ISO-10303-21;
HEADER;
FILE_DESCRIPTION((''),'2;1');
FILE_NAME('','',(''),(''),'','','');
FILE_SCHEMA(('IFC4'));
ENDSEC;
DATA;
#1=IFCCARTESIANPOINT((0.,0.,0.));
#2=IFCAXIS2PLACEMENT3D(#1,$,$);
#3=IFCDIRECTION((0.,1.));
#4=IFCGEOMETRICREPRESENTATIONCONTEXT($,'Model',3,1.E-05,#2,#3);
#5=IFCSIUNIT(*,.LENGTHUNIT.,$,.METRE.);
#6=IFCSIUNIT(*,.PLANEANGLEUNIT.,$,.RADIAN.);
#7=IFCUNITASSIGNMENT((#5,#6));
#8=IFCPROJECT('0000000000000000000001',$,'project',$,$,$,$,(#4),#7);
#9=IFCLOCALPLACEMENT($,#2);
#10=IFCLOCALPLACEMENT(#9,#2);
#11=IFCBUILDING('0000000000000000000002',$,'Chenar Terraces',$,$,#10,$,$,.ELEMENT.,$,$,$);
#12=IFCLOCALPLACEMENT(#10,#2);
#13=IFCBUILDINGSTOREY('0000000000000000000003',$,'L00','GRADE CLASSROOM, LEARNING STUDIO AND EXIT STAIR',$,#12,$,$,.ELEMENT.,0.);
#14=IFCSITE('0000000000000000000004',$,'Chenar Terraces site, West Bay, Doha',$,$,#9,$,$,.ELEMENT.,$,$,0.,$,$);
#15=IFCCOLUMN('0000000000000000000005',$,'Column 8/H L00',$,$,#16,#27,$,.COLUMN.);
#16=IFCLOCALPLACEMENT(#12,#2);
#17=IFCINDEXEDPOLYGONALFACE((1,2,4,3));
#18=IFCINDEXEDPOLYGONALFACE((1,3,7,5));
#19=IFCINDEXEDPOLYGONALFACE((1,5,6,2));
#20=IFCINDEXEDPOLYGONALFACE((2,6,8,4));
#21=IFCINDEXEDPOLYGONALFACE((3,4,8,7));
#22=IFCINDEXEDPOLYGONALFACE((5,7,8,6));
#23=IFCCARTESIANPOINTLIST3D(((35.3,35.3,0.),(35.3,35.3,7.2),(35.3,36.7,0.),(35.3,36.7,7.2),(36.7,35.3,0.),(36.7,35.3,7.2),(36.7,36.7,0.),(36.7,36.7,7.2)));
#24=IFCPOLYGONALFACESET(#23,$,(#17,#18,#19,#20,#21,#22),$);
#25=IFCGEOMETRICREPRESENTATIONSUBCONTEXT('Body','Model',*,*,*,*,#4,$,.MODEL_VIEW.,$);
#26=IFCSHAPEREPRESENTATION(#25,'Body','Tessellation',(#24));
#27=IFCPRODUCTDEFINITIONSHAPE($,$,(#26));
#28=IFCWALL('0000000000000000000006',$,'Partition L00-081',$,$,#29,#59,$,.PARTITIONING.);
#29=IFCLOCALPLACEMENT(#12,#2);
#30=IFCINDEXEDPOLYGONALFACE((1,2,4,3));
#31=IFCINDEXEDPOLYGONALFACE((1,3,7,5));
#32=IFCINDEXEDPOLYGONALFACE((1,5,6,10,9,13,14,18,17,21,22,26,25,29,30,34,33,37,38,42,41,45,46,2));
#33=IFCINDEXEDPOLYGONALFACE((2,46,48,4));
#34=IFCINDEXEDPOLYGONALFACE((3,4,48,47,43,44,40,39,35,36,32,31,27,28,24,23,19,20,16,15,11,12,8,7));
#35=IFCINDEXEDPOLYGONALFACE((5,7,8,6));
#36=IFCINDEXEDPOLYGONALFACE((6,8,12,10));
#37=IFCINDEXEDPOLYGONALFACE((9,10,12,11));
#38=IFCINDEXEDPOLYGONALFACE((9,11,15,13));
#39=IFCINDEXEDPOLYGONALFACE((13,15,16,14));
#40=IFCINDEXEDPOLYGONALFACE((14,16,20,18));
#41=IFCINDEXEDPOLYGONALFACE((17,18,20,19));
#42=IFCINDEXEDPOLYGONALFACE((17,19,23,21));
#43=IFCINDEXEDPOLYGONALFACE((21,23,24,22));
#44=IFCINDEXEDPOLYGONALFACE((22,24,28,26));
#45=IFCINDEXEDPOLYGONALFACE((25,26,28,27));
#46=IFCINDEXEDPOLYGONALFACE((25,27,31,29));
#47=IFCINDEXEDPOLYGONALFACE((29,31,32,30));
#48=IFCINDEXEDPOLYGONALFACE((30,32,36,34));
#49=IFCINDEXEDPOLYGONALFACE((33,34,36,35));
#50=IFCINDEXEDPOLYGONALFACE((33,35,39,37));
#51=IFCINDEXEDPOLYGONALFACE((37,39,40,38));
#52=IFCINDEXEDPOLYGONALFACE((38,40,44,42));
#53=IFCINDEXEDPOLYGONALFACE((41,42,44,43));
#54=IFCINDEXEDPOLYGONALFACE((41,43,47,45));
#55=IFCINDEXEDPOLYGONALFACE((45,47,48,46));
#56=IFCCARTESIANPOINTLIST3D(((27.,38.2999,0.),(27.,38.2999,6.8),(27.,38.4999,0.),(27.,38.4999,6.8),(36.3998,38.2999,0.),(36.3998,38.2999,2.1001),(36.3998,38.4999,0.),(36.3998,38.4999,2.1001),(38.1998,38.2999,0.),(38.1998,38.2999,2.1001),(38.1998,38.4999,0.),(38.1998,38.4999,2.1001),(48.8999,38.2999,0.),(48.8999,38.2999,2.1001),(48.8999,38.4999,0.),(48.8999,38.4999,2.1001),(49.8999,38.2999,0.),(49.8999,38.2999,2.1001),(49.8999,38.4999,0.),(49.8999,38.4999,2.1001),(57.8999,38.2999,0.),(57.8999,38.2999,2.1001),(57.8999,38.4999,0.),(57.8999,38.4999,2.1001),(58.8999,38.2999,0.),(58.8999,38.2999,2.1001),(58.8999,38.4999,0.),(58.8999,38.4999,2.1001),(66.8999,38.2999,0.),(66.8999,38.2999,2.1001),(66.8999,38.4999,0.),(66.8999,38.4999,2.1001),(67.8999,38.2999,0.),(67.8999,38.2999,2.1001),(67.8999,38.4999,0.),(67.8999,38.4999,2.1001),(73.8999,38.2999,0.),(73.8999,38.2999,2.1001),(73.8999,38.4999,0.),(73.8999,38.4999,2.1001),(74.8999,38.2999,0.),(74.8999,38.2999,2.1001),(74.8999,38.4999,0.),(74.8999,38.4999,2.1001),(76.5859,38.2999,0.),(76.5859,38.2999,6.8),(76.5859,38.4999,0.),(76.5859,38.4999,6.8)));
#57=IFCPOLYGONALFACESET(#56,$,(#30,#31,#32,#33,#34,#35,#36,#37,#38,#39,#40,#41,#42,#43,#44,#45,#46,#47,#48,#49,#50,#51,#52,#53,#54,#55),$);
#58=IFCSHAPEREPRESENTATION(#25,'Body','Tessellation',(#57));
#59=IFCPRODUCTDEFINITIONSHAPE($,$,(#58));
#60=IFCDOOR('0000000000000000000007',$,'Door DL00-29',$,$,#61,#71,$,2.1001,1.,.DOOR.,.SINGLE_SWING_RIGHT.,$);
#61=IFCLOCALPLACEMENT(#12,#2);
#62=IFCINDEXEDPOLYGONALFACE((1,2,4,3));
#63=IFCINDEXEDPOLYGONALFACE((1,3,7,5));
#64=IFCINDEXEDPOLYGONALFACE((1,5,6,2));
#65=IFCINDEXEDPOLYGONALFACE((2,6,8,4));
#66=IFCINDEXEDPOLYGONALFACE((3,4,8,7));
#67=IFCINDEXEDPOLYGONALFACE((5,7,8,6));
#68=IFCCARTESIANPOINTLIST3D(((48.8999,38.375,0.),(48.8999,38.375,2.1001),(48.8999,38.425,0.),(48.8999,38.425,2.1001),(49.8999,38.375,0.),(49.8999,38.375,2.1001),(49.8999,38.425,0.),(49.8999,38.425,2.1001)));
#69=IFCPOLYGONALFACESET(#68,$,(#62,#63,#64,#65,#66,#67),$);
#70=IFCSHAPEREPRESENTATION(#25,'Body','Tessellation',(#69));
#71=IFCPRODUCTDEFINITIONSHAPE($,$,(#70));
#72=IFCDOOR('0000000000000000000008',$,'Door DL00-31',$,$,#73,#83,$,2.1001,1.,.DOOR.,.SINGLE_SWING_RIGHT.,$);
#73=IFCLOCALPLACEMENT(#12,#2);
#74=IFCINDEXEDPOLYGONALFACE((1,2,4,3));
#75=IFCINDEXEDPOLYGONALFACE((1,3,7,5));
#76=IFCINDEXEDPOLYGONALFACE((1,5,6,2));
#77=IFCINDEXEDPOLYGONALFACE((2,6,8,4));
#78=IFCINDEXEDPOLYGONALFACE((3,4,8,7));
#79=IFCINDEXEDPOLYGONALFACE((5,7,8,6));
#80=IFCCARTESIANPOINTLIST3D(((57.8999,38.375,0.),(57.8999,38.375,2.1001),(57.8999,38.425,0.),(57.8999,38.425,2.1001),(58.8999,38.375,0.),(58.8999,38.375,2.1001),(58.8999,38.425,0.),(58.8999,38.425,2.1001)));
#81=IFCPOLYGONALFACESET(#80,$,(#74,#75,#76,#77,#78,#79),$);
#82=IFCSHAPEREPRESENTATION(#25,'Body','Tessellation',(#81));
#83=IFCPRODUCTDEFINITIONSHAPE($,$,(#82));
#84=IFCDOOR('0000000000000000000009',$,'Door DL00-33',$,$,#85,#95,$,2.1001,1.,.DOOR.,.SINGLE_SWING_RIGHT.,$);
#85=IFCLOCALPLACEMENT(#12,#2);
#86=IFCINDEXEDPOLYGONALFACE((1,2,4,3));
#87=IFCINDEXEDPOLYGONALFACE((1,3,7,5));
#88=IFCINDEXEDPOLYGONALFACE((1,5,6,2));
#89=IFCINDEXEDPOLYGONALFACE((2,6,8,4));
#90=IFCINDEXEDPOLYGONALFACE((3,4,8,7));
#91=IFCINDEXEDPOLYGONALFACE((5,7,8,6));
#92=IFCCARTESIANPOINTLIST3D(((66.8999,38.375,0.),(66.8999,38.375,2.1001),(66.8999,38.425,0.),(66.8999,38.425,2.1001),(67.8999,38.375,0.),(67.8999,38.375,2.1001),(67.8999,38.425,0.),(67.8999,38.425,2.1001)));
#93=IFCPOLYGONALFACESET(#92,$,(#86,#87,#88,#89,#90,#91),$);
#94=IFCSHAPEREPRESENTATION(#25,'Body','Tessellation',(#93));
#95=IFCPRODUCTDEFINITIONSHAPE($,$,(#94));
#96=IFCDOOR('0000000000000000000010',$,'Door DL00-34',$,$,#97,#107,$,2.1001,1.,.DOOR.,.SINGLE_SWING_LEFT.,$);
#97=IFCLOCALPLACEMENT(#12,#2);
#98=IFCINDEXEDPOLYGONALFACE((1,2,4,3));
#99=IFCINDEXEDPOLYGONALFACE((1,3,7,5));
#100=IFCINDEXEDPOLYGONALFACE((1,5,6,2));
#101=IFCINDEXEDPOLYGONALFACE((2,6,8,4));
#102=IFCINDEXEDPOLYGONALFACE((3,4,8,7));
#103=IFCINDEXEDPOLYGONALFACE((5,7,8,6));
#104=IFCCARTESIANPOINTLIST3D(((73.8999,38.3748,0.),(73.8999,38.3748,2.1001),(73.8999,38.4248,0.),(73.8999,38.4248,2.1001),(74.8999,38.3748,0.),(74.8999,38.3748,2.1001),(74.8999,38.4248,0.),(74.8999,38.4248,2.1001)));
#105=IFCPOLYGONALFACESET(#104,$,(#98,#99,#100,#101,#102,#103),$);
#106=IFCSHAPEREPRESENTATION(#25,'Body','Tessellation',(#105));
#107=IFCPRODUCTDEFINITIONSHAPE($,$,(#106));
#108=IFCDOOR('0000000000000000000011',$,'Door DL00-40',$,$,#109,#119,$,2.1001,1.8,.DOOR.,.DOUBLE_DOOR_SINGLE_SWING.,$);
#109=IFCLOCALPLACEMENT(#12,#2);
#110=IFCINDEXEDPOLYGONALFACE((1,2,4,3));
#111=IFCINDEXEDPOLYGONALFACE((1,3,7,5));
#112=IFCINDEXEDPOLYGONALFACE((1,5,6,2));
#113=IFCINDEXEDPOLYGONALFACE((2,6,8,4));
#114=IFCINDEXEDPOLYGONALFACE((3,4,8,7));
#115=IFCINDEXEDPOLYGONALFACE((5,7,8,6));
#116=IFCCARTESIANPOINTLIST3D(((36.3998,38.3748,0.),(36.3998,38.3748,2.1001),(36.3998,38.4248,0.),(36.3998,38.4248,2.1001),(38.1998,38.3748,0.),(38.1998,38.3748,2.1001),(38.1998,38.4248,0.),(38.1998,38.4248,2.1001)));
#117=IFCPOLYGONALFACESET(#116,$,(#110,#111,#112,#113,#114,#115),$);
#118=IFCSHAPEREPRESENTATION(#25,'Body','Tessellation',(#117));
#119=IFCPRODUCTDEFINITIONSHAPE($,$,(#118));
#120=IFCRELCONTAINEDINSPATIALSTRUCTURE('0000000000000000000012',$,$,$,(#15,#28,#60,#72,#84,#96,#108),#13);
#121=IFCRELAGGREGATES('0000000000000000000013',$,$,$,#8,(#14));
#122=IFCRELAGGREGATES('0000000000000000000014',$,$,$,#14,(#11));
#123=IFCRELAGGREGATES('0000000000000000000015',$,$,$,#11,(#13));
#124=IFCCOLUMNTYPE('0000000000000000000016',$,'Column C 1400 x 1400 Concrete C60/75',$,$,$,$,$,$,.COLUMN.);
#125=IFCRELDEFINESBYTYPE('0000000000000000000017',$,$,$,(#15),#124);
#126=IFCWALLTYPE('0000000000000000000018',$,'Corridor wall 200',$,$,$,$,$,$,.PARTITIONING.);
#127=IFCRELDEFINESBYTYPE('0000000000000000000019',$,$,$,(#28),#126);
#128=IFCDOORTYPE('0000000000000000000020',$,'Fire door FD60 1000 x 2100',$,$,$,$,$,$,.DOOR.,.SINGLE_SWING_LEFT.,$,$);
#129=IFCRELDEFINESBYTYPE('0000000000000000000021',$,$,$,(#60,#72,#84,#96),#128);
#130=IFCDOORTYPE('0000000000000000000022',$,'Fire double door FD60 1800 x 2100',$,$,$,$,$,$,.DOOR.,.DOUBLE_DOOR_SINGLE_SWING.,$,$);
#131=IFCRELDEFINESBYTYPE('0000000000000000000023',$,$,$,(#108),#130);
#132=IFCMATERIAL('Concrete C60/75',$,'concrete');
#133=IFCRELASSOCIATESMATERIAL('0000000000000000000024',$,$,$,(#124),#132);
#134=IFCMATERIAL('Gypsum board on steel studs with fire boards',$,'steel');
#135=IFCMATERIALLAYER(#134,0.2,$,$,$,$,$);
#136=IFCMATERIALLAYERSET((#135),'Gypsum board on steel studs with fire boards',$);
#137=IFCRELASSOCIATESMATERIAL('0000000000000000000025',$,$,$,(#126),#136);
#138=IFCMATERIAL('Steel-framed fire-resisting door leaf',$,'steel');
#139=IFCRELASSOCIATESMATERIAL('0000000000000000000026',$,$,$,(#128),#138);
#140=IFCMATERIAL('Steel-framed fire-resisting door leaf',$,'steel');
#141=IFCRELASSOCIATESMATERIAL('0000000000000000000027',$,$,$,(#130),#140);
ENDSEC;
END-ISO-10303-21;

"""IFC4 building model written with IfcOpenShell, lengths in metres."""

from ifc_helpers import new_model, si_unit, direction, frame, frame_2d, origin, origin_2d, place, context, subcontext, project, spatial, rectangle, extrude, material, layer, layer_set, material_profile, profile_set, type_object, element, fill, save


model = new_model("IFC4")

# Units and contexts
model_context = context("Model", 3, precision=1e-05, world=origin(), true_north=direction((0.0, 1.0)))
body_context = subcontext(model_context, "Body", "Model", "MODEL_VIEW")
ifc_project = project(units=[si_unit("LENGTHUNIT", "METRE"), si_unit("PLANEANGLEUNIT", "RADIAN")], contexts=[model_context])

# Site, building, storey
site_placement = place(None, origin())
site = spatial("IfcSite", under=ifc_project, at=site_placement, Name="Chenar Terraces site, West Bay, Doha", CompositionType="ELEMENT", RefElevation=0.0)
building_placement = place(site_placement, origin())
building = spatial("IfcBuilding", under=site, at=building_placement, Name="Chenar Terraces", CompositionType="ELEMENT")
storey_placement = place(building_placement, origin())
storey = spatial("IfcBuildingStorey", under=building, at=storey_placement, Name="L00", Description="GRADE CLASSROOM, LEARNING STUDIO AND EXIT STAIR", CompositionType="ELEMENT", Elevation=0.0)

# Column
ifc_material_1 = material(Name="Concrete C60/75", Category="concrete")
ifc_material_profile = material_profile(ifc_material_1, rectangle(XDim=1.3999, YDim=1.3999, at=origin_2d()), Name="C 1400 x 1400")
ifc_profile_set = profile_set([ifc_material_profile], Name="Concrete C60/75")
column_type = type_object("IfcColumnType", Name="Column C 1400 x 1400 Concrete C60/75", PredefinedType="COLUMN", material=ifc_profile_set)
column_placement = place(storey_placement, frame((36.0, 36.0, 0.0), z_axis=(0.0, 0.0, 1.0), x_axis=(1.0, 0.0, 0.0)))
element("IfcColumn", 1, at=column_placement, inside=storey, type_object=column_type, Name="Column 8/H L00", PredefinedType="COLUMN", context=body_context, shape_type="SweptSolid", body=[
    extrude(rectangle(XDim=1.3999, YDim=1.3999, at=origin_2d()), origin(), (0.0, 0.0, 1.0), 7.2),
])

# Wall, openings, doors
ifc_material_2 = material(Name="Gypsum board on steel studs with fire boards", Category="steel")
ifc_layer_1 = layer(ifc_material_2, 0.2)
ifc_layer_set_1 = layer_set([ifc_layer_1], Name="Gypsum board on steel studs with fire boards")
wall_type_1 = type_object("IfcWallType", Name="Corridor wall 200", PredefinedType="PARTITIONING", material=ifc_layer_set_1)
wall_1_placement = place(storey_placement, frame((27.0, 38.3999, 0.0), z_axis=(0.0, 0.0, 1.0), x_axis=(1.0, 0.0, 0.0)))
wall_1 = element("IfcWall", 2, at=wall_1_placement, inside=storey, type_object=wall_type_1, Name="Partition L00-081", PredefinedType="PARTITIONING", context=body_context, shape_type="SweptSolid", body=[
    extrude(rectangle(XDim=49.5859, YDim=0.2, at=frame_2d((24.793, 0.0))), origin(), (0.0, 0.0, 1.0), 6.8),
])
opening_1_placement = place(wall_1_placement, frame((21.8999, 0.0, 0.0)))
opening_1 = element("IfcOpeningElement", 3, at=opening_1_placement, cuts=wall_1, PredefinedType="OPENING", context=body_context, shape_type="SweptSolid", body=[
    extrude(rectangle(XDim=1.0, YDim=2.1001, at=frame_2d((0.5, 1.05))), frame((0.0, 0.1099, 0.0), z_axis=(0.0, -1.0, 0.0), x_axis=(1.0, 0.0, 0.0)), (0.0, 0.0, 1.0), 0.22),
])
opening_2_placement = place(wall_1_placement, frame((30.8999, 0.0, 0.0)))
opening_2 = element("IfcOpeningElement", 4, at=opening_2_placement, cuts=wall_1, PredefinedType="OPENING", context=body_context, shape_type="SweptSolid", body=[
    extrude(rectangle(XDim=1.0, YDim=2.1001, at=frame_2d((0.5, 1.05))), frame((0.0, 0.1099, 0.0), z_axis=(0.0, -1.0, 0.0), x_axis=(1.0, 0.0, 0.0)), (0.0, 0.0, 1.0), 0.22),
])
opening_3_placement = place(wall_1_placement, frame((39.8999, 0.0, 0.0)))
opening_3 = element("IfcOpeningElement", 5, at=opening_3_placement, cuts=wall_1, PredefinedType="OPENING", context=body_context, shape_type="SweptSolid", body=[
    extrude(rectangle(XDim=1.0, YDim=2.1001, at=frame_2d((0.5, 1.05))), frame((0.0, 0.1099, 0.0), z_axis=(0.0, -1.0, 0.0), x_axis=(1.0, 0.0, 0.0)), (0.0, 0.0, 1.0), 0.22),
])
opening_4_placement = place(wall_1_placement, frame((46.8999, 0.0, 0.0)))
opening_4 = element("IfcOpeningElement", 6, at=opening_4_placement, cuts=wall_1, PredefinedType="OPENING", context=body_context, shape_type="SweptSolid", body=[
    extrude(rectangle(XDim=1.0, YDim=2.1001, at=frame_2d((0.5, 1.05))), frame((0.0, 0.1099, 0.0), z_axis=(0.0, -1.0, 0.0), x_axis=(1.0, 0.0, 0.0)), (0.0, 0.0, 1.0), 0.22),
])
opening_5_placement = place(wall_1_placement, frame((9.3999, 0.0, 0.0)))
opening_5 = element("IfcOpeningElement", 7, at=opening_5_placement, cuts=wall_1, PredefinedType="OPENING", context=body_context, shape_type="SweptSolid", body=[
    extrude(rectangle(XDim=1.8, YDim=2.1001, at=frame_2d((0.8999, 1.05))), frame((0.0, 0.1099, 0.0), z_axis=(0.0, -1.0, 0.0), x_axis=(1.0, 0.0, 0.0)), (0.0, 0.0, 1.0), 0.22),
])
ifc_material_3 = material(Name="Steel-framed fire-resisting door leaf", Category="steel")
door_type_1 = type_object("IfcDoorType", Name="Fire door FD60 1000 x 2100", OperationType="SINGLE_SWING_LEFT", PredefinedType="DOOR", material=ifc_material_3)
door_1_placement = place(opening_1_placement, frame((1.0, 0.0, 0.0), z_axis=(0.0, 0.0, 1.0), x_axis=(-1.0, 0.0, 0.0)))
door_1 = element("IfcDoor", 8, at=door_1_placement, inside=storey, type_object=door_type_1, Name="Door DL00-29", OperationType="SINGLE_SWING_RIGHT", OverallHeight=2.1001, OverallWidth=1.0, PredefinedType="DOOR", context=body_context, shape_type="SweptSolid", body=[
    extrude(rectangle(XDim=1.0, YDim=2.1001, at=frame_2d((0.5, 1.05))), frame((0.0, 0.0249, 0.0), z_axis=(0.0, -1.0, 0.0), x_axis=(1.0, 0.0, 0.0)), (0.0, 0.0, 1.0), 0.05),
])
fill(opening_1, door_1)
door_2_placement = place(opening_2_placement, frame((1.0, 0.0, 0.0), z_axis=(0.0, 0.0, 1.0), x_axis=(-1.0, 0.0, 0.0)))
door_2 = element("IfcDoor", 9, at=door_2_placement, inside=storey, type_object=door_type_1, Name="Door DL00-31", OperationType="SINGLE_SWING_RIGHT", OverallHeight=2.1001, OverallWidth=1.0, PredefinedType="DOOR", context=body_context, shape_type="SweptSolid", body=[
    extrude(rectangle(XDim=1.0, YDim=2.1001, at=frame_2d((0.5, 1.05))), frame((0.0, 0.0249, 0.0), z_axis=(0.0, -1.0, 0.0), x_axis=(1.0, 0.0, 0.0)), (0.0, 0.0, 1.0), 0.05),
])
fill(opening_2, door_2)
door_3_placement = place(opening_3_placement, frame((1.0, 0.0, 0.0), z_axis=(0.0, 0.0, 1.0), x_axis=(-1.0, 0.0, 0.0)))
door_3 = element("IfcDoor", 10, at=door_3_placement, inside=storey, type_object=door_type_1, Name="Door DL00-33", OperationType="SINGLE_SWING_RIGHT", OverallHeight=2.1001, OverallWidth=1.0, PredefinedType="DOOR", context=body_context, shape_type="SweptSolid", body=[
    extrude(rectangle(XDim=1.0, YDim=2.1001, at=frame_2d((0.5, 1.05))), frame((0.0, 0.0249, 0.0), z_axis=(0.0, -1.0, 0.0), x_axis=(1.0, 0.0, 0.0)), (0.0, 0.0, 1.0), 0.05),
])
fill(opening_3, door_3)
door_4_placement = place(opening_4_placement, origin())
door_4 = element("IfcDoor", 11, at=door_4_placement, inside=storey, type_object=door_type_1, Name="Door DL00-34", OperationType="SINGLE_SWING_LEFT", OverallHeight=2.1001, OverallWidth=1.0, PredefinedType="DOOR", context=body_context, shape_type="SweptSolid", body=[
    extrude(rectangle(XDim=1.0, YDim=2.1001, at=frame_2d((0.5, 1.05))), frame((0.0, 0.0249, 0.0), z_axis=(0.0, -1.0, 0.0), x_axis=(1.0, 0.0, 0.0)), (0.0, 0.0, 1.0), 0.05),
])
fill(opening_4, door_4)
ifc_material_4 = material(Name="Steel-framed fire-resisting door leaf", Category="steel")
door_type_2 = type_object("IfcDoorType", Name="Fire double door FD60 1800 x 2100", OperationType="DOUBLE_DOOR_SINGLE_SWING", PredefinedType="DOOR", material=ifc_material_4)
door_5_placement = place(opening_5_placement, origin())
door_5 = element("IfcDoor", 12, at=door_5_placement, inside=storey, type_object=door_type_2, Name="Door DL00-40", OperationType="DOUBLE_DOOR_SINGLE_SWING", OverallHeight=2.1001, OverallWidth=1.8, PredefinedType="DOOR", context=body_context, shape_type="SweptSolid", body=[
    extrude(rectangle(XDim=1.8, YDim=2.1001, at=frame_2d((0.8999, 1.05))), frame((0.0, 0.0249, 0.0), z_axis=(0.0, -1.0, 0.0), x_axis=(1.0, 0.0, 0.0)), (0.0, 0.0, 1.0), 0.05),
])
fill(opening_5, door_5)

save(model, "model.ifc")
